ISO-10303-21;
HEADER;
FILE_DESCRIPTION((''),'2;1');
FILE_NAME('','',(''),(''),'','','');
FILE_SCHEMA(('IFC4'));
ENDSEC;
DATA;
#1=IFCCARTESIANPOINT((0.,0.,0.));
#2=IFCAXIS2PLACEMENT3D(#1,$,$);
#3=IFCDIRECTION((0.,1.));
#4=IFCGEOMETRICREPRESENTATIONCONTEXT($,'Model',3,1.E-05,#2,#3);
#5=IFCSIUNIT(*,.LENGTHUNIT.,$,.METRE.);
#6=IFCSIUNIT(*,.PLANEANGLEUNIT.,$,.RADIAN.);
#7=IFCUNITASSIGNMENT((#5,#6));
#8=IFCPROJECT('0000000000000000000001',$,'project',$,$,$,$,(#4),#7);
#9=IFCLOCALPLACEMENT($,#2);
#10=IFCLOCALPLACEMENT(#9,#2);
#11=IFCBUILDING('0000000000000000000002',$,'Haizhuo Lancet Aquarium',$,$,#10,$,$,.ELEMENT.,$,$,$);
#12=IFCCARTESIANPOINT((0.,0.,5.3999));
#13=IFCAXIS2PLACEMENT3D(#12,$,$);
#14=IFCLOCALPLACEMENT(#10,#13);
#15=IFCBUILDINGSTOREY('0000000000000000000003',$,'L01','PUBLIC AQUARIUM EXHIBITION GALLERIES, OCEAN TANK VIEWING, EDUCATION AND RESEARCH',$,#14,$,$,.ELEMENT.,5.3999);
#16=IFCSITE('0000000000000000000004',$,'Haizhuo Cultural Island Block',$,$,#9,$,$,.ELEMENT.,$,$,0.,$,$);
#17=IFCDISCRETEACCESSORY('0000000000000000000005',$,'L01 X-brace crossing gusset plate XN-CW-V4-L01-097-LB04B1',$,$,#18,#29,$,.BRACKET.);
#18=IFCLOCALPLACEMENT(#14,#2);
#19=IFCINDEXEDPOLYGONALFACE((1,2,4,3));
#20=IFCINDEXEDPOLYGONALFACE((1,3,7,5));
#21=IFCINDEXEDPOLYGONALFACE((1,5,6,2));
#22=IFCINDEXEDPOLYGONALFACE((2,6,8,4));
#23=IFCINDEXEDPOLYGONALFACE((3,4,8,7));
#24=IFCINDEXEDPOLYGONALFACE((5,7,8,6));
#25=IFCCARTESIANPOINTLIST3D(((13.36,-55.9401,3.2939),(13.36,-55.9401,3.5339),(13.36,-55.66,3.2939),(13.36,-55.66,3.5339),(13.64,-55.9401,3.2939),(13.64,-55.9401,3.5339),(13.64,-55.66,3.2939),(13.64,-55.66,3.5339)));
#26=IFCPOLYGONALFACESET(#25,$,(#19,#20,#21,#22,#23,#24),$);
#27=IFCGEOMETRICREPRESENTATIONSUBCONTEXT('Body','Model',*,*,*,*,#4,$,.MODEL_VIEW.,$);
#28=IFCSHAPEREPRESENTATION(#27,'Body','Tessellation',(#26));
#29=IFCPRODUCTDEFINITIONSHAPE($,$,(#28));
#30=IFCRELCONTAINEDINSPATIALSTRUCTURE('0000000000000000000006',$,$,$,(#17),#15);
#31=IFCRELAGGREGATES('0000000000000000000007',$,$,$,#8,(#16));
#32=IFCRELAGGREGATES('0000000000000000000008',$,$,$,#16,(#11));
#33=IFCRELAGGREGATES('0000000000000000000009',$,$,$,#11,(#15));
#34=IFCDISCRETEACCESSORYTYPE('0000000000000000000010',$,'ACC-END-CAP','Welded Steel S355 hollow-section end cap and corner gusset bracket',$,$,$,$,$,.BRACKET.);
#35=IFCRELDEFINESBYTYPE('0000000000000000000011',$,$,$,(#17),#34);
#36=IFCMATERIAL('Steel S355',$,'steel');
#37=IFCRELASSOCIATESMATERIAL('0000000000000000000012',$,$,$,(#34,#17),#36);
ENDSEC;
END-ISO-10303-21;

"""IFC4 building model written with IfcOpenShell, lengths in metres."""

from ifc_helpers import new_model, si_unit, direction, frame, origin, origin_2d, place, context, subcontext, project, spatial, rectangle, extrude, material, type_object, element, save


model = new_model("IFC4")

# Units and contexts
model_context = context("Model", 3, precision=1e-05, world=origin(), true_north=direction((0.0, 1.0)))
body_context = subcontext(model_context, "Body", "Model", "MODEL_VIEW")
ifc_project = project(units=[si_unit("LENGTHUNIT", "METRE"), si_unit("PLANEANGLEUNIT", "RADIAN")], contexts=[model_context])

# Site, building, storey
site_placement = place(None, origin())
site = spatial("IfcSite", under=ifc_project, at=site_placement, Name="Haizhuo Cultural Island Block", CompositionType="ELEMENT", RefElevation=0.0)
building_placement = place(site_placement, origin())
building = spatial("IfcBuilding", under=site, at=building_placement, Name="Haizhuo Lancet Aquarium", CompositionType="ELEMENT")
storey_placement = place(building_placement, frame((0.0, 0.0, 5.3999)))
storey = spatial("IfcBuildingStorey", under=building, at=storey_placement, Name="L01", Description="PUBLIC AQUARIUM EXHIBITION GALLERIES, OCEAN TANK VIEWING, EDUCATION AND RESEARCH", CompositionType="ELEMENT", Elevation=5.3999)

# Shared definitions
ifc_material_1 = material(Name="Steel S355", Category="steel")

# Discrete accessory
discrete_accessory_type = type_object("IfcDiscreteAccessoryType", Name="ACC-END-CAP", Description="Welded Steel S355 hollow-section end cap and corner gusset bracket", PredefinedType="BRACKET", material=ifc_material_1)
for number, where, z_axis, x_axis, name in (
    (1, (13.5, -55.8, 3.2939), (0.0, 0.0, 1.0), (1.0, 0.0, 0.0), "L01 X-brace crossing gusset plate XN-CW-V4-L01-097-LB04B1"),
):
    element("IfcDiscreteAccessory", number, at=place(storey_placement, frame(where, z_axis=z_axis, x_axis=x_axis)), inside=storey, type_object=discrete_accessory_type, material=ifc_material_1, Name=name, PredefinedType="BRACKET", context=body_context, shape_type="SweptSolid", body=[
        extrude(rectangle(XDim=0.28, YDim=0.28, at=origin_2d()), origin(), (0.0, 0.0, 1.0), 0.24),
    ])

save(model, "model.ifc")
